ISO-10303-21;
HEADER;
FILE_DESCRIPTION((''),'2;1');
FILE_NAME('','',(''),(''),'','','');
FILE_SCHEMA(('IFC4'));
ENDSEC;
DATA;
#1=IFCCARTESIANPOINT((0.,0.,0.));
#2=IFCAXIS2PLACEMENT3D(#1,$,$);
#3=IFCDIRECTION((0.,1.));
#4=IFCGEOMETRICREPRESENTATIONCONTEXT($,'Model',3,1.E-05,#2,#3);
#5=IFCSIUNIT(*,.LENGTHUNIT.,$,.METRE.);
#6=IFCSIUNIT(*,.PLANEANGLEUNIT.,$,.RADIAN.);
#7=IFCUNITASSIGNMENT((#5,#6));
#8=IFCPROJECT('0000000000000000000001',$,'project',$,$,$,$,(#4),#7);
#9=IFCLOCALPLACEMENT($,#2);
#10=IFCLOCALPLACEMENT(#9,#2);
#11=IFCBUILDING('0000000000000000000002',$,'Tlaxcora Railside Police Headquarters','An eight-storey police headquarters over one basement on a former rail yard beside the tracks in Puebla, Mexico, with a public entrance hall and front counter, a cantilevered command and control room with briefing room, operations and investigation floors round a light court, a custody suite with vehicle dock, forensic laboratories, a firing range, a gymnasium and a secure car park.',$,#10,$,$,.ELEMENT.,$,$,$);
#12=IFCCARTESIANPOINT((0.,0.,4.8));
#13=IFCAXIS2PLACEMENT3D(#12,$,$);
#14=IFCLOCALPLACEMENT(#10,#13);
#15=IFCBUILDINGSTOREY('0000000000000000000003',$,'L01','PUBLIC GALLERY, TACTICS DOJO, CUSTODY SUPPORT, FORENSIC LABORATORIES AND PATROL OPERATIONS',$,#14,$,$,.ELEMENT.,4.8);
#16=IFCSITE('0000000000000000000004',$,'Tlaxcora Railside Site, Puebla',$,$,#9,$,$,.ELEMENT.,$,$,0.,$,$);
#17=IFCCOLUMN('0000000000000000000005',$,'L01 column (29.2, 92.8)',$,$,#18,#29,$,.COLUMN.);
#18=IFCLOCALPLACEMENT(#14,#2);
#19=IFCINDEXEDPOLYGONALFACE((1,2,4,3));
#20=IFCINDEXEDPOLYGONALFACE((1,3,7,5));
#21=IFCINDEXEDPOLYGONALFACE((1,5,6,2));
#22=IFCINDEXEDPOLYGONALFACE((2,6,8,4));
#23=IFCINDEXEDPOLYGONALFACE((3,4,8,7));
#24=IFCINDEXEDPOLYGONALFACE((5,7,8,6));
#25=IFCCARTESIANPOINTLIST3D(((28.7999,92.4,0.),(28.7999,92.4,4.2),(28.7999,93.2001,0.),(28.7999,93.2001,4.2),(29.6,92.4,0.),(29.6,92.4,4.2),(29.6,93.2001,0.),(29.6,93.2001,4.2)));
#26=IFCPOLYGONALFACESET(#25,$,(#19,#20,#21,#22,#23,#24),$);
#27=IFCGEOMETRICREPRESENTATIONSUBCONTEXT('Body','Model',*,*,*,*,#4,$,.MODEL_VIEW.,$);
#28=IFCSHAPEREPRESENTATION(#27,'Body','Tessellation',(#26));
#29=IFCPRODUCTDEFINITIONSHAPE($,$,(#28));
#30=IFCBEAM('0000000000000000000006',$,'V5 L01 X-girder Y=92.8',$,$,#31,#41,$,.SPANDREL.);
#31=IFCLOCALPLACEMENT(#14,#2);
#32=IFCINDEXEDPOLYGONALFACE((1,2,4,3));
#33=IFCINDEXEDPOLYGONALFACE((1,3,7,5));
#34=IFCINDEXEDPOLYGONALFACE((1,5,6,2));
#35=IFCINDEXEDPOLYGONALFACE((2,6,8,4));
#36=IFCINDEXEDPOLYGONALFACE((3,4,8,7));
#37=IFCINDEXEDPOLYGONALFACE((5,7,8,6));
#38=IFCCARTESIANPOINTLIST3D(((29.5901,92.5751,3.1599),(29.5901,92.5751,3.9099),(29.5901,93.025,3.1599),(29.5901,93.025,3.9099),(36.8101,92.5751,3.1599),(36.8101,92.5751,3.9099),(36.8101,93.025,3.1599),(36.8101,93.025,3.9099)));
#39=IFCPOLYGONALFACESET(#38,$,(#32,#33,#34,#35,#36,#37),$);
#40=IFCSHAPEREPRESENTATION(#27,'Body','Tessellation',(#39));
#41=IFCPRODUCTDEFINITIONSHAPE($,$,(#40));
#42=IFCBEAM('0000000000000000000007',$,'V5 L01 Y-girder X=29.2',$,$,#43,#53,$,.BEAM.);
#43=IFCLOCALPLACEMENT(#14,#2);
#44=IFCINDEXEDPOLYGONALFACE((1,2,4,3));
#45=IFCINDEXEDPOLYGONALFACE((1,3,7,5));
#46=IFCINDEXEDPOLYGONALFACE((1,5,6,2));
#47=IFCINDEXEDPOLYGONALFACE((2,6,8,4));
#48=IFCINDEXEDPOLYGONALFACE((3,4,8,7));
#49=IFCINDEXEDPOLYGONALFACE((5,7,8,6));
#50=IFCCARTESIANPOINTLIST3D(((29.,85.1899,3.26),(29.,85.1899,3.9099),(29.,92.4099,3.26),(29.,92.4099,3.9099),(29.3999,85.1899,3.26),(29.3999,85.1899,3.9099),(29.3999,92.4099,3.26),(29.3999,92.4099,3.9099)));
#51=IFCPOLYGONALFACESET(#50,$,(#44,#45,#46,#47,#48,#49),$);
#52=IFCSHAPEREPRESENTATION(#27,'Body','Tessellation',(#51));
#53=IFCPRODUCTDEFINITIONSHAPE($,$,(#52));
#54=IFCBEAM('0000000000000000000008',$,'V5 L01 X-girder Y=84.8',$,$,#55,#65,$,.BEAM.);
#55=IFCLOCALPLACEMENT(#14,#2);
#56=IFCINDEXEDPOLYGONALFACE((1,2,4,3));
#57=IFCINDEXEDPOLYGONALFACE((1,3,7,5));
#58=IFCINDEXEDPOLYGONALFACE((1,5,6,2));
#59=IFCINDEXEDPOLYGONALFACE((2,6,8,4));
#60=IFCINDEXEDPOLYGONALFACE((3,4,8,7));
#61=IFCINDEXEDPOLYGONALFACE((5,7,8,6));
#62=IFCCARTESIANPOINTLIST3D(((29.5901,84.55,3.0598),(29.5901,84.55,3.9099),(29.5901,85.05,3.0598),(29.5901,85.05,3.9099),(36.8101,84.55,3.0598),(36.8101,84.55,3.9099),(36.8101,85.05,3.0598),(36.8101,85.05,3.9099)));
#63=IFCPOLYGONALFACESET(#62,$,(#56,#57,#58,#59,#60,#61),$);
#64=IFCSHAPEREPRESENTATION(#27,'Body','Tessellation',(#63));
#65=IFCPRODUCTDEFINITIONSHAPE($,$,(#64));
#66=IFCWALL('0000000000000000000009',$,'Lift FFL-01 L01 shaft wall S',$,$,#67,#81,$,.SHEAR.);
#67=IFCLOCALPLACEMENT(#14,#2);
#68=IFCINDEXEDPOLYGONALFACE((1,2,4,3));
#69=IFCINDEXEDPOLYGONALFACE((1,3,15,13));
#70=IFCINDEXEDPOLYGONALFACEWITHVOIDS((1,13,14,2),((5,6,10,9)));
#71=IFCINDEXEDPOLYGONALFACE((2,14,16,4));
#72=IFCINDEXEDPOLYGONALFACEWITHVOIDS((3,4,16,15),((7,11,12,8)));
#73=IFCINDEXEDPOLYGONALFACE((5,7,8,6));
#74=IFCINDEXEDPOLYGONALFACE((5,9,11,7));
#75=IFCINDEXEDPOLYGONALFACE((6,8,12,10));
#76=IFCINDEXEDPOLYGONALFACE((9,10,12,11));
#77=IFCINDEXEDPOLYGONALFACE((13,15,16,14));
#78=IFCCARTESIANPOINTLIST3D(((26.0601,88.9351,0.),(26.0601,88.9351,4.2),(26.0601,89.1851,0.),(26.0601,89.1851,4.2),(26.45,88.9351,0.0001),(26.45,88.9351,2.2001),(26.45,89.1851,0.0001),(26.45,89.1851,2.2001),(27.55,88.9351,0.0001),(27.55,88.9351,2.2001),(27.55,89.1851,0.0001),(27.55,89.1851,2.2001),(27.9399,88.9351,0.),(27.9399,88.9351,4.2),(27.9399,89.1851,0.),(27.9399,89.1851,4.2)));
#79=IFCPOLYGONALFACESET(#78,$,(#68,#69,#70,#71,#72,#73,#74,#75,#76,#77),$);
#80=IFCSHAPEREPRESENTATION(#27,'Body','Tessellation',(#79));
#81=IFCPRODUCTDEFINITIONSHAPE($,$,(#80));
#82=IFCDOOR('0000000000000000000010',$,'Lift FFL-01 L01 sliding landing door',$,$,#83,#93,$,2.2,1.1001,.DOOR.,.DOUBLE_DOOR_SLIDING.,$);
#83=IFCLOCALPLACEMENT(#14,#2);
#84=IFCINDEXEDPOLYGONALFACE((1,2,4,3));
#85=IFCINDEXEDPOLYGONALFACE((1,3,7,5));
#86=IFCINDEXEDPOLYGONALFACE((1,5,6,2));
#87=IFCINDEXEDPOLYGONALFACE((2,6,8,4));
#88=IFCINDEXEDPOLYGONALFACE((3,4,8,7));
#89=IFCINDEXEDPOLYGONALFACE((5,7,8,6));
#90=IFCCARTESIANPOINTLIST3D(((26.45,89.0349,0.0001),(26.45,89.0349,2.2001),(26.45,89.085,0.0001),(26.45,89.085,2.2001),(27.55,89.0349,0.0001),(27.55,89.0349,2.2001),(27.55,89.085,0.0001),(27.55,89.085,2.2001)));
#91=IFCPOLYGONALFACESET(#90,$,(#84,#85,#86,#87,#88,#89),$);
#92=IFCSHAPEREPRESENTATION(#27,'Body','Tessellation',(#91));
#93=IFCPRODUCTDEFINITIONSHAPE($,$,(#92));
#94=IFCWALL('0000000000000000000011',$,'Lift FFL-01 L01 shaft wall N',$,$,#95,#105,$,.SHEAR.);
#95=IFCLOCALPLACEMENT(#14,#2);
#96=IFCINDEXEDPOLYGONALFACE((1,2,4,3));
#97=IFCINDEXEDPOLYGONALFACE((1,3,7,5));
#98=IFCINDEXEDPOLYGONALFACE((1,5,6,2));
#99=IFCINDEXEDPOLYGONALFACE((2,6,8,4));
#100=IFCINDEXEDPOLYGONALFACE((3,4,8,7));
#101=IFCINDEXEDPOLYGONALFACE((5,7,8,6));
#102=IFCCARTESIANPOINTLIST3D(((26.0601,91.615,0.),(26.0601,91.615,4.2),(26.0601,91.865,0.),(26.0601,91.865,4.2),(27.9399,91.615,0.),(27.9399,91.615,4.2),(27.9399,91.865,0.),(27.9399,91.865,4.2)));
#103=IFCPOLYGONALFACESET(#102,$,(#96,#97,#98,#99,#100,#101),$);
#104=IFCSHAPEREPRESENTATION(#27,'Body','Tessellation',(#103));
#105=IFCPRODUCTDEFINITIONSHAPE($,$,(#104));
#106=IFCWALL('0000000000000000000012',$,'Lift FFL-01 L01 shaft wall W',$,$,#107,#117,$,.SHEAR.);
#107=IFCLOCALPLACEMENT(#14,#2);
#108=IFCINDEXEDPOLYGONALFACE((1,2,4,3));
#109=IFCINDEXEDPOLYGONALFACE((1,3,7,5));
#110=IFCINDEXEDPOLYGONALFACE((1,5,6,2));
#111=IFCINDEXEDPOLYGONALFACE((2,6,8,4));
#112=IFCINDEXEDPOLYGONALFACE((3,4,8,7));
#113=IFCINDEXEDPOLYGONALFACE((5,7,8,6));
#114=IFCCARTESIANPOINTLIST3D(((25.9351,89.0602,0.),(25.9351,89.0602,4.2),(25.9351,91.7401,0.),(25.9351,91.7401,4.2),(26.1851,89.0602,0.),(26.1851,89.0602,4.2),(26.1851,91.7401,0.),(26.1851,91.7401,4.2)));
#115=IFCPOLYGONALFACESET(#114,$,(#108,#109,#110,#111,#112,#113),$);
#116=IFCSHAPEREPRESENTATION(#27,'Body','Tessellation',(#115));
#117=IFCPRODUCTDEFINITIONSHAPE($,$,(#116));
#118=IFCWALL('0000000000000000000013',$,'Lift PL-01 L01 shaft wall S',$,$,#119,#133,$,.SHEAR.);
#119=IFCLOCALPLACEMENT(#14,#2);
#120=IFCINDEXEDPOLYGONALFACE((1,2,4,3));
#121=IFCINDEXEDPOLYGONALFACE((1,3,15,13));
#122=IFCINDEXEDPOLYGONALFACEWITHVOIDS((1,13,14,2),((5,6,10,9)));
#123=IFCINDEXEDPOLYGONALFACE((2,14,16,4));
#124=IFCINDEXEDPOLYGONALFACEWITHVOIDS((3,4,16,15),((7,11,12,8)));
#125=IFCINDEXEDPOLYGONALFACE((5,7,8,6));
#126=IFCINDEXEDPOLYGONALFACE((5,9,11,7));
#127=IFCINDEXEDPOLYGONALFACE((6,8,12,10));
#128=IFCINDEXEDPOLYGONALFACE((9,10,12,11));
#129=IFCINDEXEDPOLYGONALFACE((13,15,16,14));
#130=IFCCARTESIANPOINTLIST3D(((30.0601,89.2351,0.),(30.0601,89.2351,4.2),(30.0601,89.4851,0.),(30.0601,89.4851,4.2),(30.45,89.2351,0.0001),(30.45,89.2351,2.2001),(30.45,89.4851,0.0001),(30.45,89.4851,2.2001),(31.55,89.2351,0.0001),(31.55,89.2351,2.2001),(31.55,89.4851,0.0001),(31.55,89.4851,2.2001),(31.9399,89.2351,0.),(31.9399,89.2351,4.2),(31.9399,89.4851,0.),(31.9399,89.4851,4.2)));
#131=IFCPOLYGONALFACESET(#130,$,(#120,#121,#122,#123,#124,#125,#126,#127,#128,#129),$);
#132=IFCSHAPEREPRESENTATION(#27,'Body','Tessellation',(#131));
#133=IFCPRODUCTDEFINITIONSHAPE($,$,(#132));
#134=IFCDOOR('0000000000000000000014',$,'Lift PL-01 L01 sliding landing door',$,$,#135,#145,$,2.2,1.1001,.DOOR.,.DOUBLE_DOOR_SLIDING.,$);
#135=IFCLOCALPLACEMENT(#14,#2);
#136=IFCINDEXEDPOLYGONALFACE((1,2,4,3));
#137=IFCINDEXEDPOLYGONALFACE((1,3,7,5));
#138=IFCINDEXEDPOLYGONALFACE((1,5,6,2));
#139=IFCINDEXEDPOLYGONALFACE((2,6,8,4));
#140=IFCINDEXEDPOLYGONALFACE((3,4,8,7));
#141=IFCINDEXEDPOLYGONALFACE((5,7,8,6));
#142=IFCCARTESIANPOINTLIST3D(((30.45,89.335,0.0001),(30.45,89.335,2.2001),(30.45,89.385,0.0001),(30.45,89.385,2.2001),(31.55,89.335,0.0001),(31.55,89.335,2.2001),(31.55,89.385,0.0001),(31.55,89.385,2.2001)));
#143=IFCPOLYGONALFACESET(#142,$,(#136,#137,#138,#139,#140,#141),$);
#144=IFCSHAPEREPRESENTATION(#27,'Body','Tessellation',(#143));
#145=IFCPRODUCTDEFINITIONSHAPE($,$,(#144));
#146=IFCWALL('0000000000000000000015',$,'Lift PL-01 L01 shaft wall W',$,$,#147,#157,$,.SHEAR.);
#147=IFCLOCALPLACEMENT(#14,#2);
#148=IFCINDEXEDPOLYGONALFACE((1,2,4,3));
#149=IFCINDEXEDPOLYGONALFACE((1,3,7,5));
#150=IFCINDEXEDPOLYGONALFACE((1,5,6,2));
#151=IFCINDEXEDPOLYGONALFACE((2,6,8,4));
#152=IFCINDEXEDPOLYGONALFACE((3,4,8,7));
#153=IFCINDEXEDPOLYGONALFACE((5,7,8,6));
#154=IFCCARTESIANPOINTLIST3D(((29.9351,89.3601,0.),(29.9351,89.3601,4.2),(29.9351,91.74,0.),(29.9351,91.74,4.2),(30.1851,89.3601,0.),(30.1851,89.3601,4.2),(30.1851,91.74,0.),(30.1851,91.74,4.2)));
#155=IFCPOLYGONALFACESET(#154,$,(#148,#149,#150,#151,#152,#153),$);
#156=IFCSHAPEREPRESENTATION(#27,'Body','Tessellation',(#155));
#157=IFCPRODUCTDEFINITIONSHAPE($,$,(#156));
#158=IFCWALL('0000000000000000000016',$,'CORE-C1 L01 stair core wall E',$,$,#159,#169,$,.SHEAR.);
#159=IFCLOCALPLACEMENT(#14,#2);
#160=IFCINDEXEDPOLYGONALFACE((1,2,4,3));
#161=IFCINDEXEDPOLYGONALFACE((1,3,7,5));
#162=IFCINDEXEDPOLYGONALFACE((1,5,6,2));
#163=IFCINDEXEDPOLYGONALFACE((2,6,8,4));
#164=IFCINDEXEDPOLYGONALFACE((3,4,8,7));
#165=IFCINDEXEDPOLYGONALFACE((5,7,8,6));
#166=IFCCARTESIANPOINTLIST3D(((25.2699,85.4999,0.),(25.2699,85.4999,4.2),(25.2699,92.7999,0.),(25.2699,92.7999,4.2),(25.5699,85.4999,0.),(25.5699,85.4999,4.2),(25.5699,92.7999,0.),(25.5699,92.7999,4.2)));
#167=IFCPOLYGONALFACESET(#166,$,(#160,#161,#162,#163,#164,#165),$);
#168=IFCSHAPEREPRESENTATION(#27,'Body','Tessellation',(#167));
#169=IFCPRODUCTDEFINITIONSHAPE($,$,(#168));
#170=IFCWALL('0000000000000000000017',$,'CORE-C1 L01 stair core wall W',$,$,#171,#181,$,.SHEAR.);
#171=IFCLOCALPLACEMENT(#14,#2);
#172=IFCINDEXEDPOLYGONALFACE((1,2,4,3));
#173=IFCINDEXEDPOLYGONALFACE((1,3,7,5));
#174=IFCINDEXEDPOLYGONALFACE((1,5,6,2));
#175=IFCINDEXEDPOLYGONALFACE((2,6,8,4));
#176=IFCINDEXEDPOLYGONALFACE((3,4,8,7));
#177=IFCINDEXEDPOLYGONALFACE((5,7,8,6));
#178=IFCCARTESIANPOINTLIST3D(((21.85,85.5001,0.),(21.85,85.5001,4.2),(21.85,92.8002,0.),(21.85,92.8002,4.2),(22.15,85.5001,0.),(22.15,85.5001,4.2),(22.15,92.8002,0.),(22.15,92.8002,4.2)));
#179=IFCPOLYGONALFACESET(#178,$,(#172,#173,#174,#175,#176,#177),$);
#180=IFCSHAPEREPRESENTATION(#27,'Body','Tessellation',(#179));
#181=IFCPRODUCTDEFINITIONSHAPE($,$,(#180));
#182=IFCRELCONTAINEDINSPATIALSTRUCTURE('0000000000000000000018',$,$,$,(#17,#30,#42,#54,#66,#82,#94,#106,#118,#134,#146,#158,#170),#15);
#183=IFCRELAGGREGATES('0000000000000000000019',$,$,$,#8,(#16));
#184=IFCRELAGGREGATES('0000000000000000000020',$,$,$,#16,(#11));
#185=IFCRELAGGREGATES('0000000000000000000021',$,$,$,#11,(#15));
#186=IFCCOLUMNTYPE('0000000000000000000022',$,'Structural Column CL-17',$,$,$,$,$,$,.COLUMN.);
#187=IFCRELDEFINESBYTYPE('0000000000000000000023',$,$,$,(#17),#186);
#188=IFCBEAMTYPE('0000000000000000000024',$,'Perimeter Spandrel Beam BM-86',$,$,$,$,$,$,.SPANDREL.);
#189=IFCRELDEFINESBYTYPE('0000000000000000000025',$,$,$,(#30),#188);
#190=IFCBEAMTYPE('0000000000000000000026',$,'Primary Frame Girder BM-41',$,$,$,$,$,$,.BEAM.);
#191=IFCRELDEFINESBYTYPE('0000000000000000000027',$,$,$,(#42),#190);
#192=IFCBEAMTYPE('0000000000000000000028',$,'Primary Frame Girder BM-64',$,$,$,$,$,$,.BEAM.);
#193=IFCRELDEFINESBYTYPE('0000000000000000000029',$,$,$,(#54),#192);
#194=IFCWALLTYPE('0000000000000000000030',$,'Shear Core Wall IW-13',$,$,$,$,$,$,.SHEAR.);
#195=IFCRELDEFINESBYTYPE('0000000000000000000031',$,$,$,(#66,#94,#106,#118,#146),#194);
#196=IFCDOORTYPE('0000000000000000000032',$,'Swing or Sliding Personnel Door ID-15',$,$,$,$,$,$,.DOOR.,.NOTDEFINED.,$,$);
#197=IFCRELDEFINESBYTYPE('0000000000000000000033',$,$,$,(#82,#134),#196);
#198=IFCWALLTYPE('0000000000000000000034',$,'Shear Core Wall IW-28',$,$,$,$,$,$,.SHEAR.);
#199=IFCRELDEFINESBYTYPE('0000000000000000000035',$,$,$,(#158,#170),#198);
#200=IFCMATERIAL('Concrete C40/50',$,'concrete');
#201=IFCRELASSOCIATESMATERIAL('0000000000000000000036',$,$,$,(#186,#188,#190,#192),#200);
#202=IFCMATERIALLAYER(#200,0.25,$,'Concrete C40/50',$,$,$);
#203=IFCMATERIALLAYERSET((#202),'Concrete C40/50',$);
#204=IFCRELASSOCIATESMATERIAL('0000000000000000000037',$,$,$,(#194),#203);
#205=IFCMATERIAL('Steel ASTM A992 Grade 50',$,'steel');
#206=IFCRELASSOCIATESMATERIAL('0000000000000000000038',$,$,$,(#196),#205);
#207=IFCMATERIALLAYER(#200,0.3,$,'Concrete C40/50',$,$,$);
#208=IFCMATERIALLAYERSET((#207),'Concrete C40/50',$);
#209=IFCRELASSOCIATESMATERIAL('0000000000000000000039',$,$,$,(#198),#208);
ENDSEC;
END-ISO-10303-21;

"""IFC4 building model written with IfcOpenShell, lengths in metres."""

from ifc_helpers import new_model, si_unit, direction, frame, frame_2d, origin, origin_2d, place, context, subcontext, project, spatial, rectangle, extrude, material, layer, layer_set, material_profile, profile_set, type_object, element, fill, save


model = new_model("IFC4")

# Units and contexts
model_context = context("Model", 3, precision=1e-05, world=origin(), true_north=direction((0.0, 1.0)))
body_context = subcontext(model_context, "Body", "Model", "MODEL_VIEW")
ifc_project = project(units=[si_unit("LENGTHUNIT", "METRE"), si_unit("PLANEANGLEUNIT", "RADIAN")], contexts=[model_context])

# Site, building, storey
site_placement = place(None, origin())
site = spatial("IfcSite", under=ifc_project, at=site_placement, Name="Tlaxcora Railside Site, Puebla", CompositionType="ELEMENT", RefElevation=0.0)
building_placement = place(site_placement, origin())
building = spatial("IfcBuilding", under=site, at=building_placement, Name="Tlaxcora Railside Police Headquarters", Description="An eight-storey police headquarters over one basement on a former rail yard beside the tracks in Puebla, Mexico, with a public entrance hall and front counter, a cantilevered command and control room with briefing room, operations and investigation floors round a light court, a custody suite with vehicle dock, forensic laboratories, a firing range, a gymnasium and a secure car park.", CompositionType="ELEMENT")
storey_placement = place(building_placement, frame((0.0, 0.0, 4.8)))
storey = spatial("IfcBuildingStorey", under=building, at=storey_placement, Name="L01", Description="PUBLIC GALLERY, TACTICS DOJO, CUSTODY SUPPORT, FORENSIC LABORATORIES AND PATROL OPERATIONS", CompositionType="ELEMENT", Elevation=4.8)

# Column
ifc_material_1 = material(Name="Concrete C40/50", Category="concrete")
ifc_material_profile_1 = material_profile(ifc_material_1, rectangle(XDim=0.8, YDim=0.8, at=origin_2d()), Name="RC800X800")
ifc_profile_set_1 = profile_set([ifc_material_profile_1], Name="Concrete C40/50")
column_type = type_object("IfcColumnType", Name="Structural Column CL-17", PredefinedType="COLUMN", material=ifc_profile_set_1)
column_placement = place(storey_placement, frame((29.2, 92.8, 0.0), z_axis=(0.0, 0.0, 1.0), x_axis=(1.0, 0.0, 0.0)))
element("IfcColumn", 1, at=column_placement, inside=storey, type_object=column_type, Name="L01 column (29.2, 92.8)", PredefinedType="COLUMN", context=body_context, shape_type="SweptSolid", body=[
    extrude(rectangle(XDim=0.8, YDim=0.8, at=origin_2d()), origin(), (0.0, 0.0, 1.0), 4.2),
])

# Beams
ifc_material_profile_2 = material_profile(ifc_material_1, rectangle(XDim=0.45, YDim=0.75, at=origin_2d()), Name="RC450X750")
ifc_profile_set_2 = profile_set([ifc_material_profile_2], Name="Concrete C40/50")
beam_type_1 = type_object("IfcBeamType", Name="Perimeter Spandrel Beam BM-86", PredefinedType="SPANDREL", material=ifc_profile_set_2)
beam_1_placement = place(storey_placement, frame((29.5901, 92.8, 3.5349), z_axis=(1.0, 0.0, 0.0), x_axis=(0.0, 1.0, 0.0)))
element("IfcBeam", 2, at=beam_1_placement, inside=storey, type_object=beam_type_1, Name="V5 L01 X-girder Y=92.8", PredefinedType="SPANDREL", context=body_context, shape_type="SweptSolid", body=[
    extrude(rectangle(XDim=0.45, YDim=0.75, at=origin_2d()), origin(), (0.0, 0.0, 1.0), 7.22),
])
ifc_material_profile_3 = material_profile(ifc_material_1, rectangle(XDim=0.3999, YDim=0.6499, at=origin_2d()), Name="RC400X650")
ifc_profile_set_3 = profile_set([ifc_material_profile_3], Name="Concrete C40/50")
beam_type_2 = type_object("IfcBeamType", Name="Primary Frame Girder BM-41", PredefinedType="BEAM", material=ifc_profile_set_3)
beam_2_placement = place(storey_placement, frame((29.2, 85.1899, 3.585), z_axis=(0.0, 1.0, 0.0), x_axis=(-1.0, 0.0, 0.0)))
element("IfcBeam", 3, at=beam_2_placement, inside=storey, type_object=beam_type_2, Name="V5 L01 Y-girder X=29.2", PredefinedType="BEAM", context=body_context, shape_type="SweptSolid", body=[
    extrude(rectangle(XDim=0.3999, YDim=0.6499, at=origin_2d()), origin(), (0.0, 0.0, 1.0), 7.22),
])
ifc_material_profile_4 = material_profile(ifc_material_1, rectangle(XDim=0.5, YDim=0.8501, at=origin_2d()), Name="RC500X850")
ifc_profile_set_4 = profile_set([ifc_material_profile_4], Name="Concrete C40/50")
beam_type_3 = type_object("IfcBeamType", Name="Primary Frame Girder BM-64", PredefinedType="BEAM", material=ifc_profile_set_4)
beam_3_placement = place(storey_placement, frame((29.5901, 84.8, 3.4849), z_axis=(1.0, 0.0, 0.0), x_axis=(0.0, 1.0, 0.0)))
element("IfcBeam", 4, at=beam_3_placement, inside=storey, type_object=beam_type_3, Name="V5 L01 X-girder Y=84.8", PredefinedType="BEAM", context=body_context, shape_type="SweptSolid", body=[
    extrude(rectangle(XDim=0.5, YDim=0.8501, at=origin_2d()), origin(), (0.0, 0.0, 1.0), 7.22),
])

# Wall, opening, door
ifc_layer_1 = layer(ifc_material_1, 0.25, Name="Concrete C40/50")
ifc_layer_set_1 = layer_set([ifc_layer_1], Name="Concrete C40/50")
wall_type_1 = type_object("IfcWallType", Name="Shear Core Wall IW-13", PredefinedType="SHEAR", material=ifc_layer_set_1)
wall_1_placement = place(storey_placement, frame((26.0601, 89.0601, 0.0), z_axis=(0.0, 0.0, 1.0), x_axis=(1.0, 0.0, 0.0)))
wall_1 = element("IfcWall", 5, at=wall_1_placement, inside=storey, type_object=wall_type_1, Name="Lift FFL-01 L01 shaft wall S", PredefinedType="SHEAR", context=body_context, shape_type="SweptSolid", body=[
    extrude(rectangle(XDim=1.8799, YDim=0.25, at=frame_2d((0.9399, 0.0))), origin(), (0.0, 0.0, 1.0), 4.2),
])
opening_1_placement = place(wall_1_placement, frame((0.3899, 0.0, 0.0)))
opening_1 = element("IfcOpeningElement", 6, at=opening_1_placement, cuts=wall_1, PredefinedType="OPENING", context=body_context, shape_type="SweptSolid", body=[
    extrude(rectangle(XDim=1.1001, YDim=2.2, at=frame_2d((0.55, 1.1001))), frame((0.0, 0.135, 0.0), z_axis=(0.0, -1.0, 0.0), x_axis=(1.0, 0.0, 0.0)), (0.0, 0.0, 1.0), 0.27),
])
ifc_material_2 = material(Name="Steel ASTM A992 Grade 50", Category="steel")
door_type_1 = type_object("IfcDoorType", Name="Swing or Sliding Personnel Door ID-15", OperationType="NOTDEFINED", PredefinedType="DOOR", material=ifc_material_2)
door_1_placement = place(opening_1_placement, origin())
door_1 = element("IfcDoor", 7, at=door_1_placement, inside=storey, type_object=door_type_1, Name="Lift FFL-01 L01 sliding landing door", OperationType="DOUBLE_DOOR_SLIDING", OverallHeight=2.2, OverallWidth=1.1001, PredefinedType="DOOR", context=body_context, shape_type="SweptSolid", body=[
    extrude(rectangle(XDim=1.1001, YDim=2.2, at=frame_2d((0.55, 1.1001))), frame((0.0, 0.0249, 0.0), z_axis=(0.0, -1.0, 0.0), x_axis=(1.0, 0.0, 0.0)), (0.0, 0.0, 1.0), 0.05),
])
fill(opening_1, door_1)

# Walls
wall_2_placement = place(storey_placement, frame((27.9399, 91.74, 0.0), z_axis=(0.0, 0.0, 1.0), x_axis=(-1.0, 0.0, 0.0)))
element("IfcWall", 8, at=wall_2_placement, inside=storey, type_object=wall_type_1, Name="Lift FFL-01 L01 shaft wall N", PredefinedType="SHEAR", context=body_context, shape_type="SweptSolid", body=[
    extrude(rectangle(XDim=1.8799, YDim=0.25, at=frame_2d((0.9399, 0.0))), origin(), (0.0, 0.0, 1.0), 4.2),
])
wall_3_placement = place(storey_placement, frame((26.0601, 91.74, 0.0), z_axis=(0.0, 0.0, 1.0), x_axis=(0.0, -1.0, 0.0)))
element("IfcWall", 9, at=wall_3_placement, inside=storey, type_object=wall_type_1, Name="Lift FFL-01 L01 shaft wall W", PredefinedType="SHEAR", context=body_context, shape_type="SweptSolid", body=[
    extrude(rectangle(XDim=2.6799, YDim=0.25, at=frame_2d((1.3398, 0.0))), origin(), (0.0, 0.0, 1.0), 4.2),
])

# Wall, opening, door
wall_4_placement = place(storey_placement, frame((30.0601, 89.3601, 0.0), z_axis=(0.0, 0.0, 1.0), x_axis=(1.0, 0.0, 0.0)))
wall_4 = element("IfcWall", 10, at=wall_4_placement, inside=storey, type_object=wall_type_1, Name="Lift PL-01 L01 shaft wall S", PredefinedType="SHEAR", context=body_context, shape_type="SweptSolid", body=[
    extrude(rectangle(XDim=1.8799, YDim=0.25, at=frame_2d((0.9399, 0.0))), origin(), (0.0, 0.0, 1.0), 4.2),
])
opening_2_placement = place(wall_4_placement, frame((0.3899, 0.0, 0.0)))
opening_2 = element("IfcOpeningElement", 11, at=opening_2_placement, cuts=wall_4, PredefinedType="OPENING", context=body_context, shape_type="SweptSolid", body=[
    extrude(rectangle(XDim=1.1001, YDim=2.2, at=frame_2d((0.55, 1.1001))), frame((0.0, 0.135, 0.0), z_axis=(0.0, -1.0, 0.0), x_axis=(1.0, 0.0, 0.0)), (0.0, 0.0, 1.0), 0.27),
])
door_2_placement = place(opening_2_placement, origin())
door_2 = element("IfcDoor", 12, at=door_2_placement, inside=storey, type_object=door_type_1, Name="Lift PL-01 L01 sliding landing door", OperationType="DOUBLE_DOOR_SLIDING", OverallHeight=2.2, OverallWidth=1.1001, PredefinedType="DOOR", context=body_context, shape_type="SweptSolid", body=[
    extrude(rectangle(XDim=1.1001, YDim=2.2, at=frame_2d((0.55, 1.1001))), frame((0.0, 0.0249, 0.0), z_axis=(0.0, -1.0, 0.0), x_axis=(1.0, 0.0, 0.0)), (0.0, 0.0, 1.0), 0.05),
])
fill(opening_2, door_2)

# Wall
wall_5_placement = place(storey_placement, frame((30.0601, 91.74, 0.0), z_axis=(0.0, 0.0, 1.0), x_axis=(0.0, -1.0, 0.0)))
element("IfcWall", 13, at=wall_5_placement, inside=storey, type_object=wall_type_1, Name="Lift PL-01 L01 shaft wall W", PredefinedType="SHEAR", context=body_context, shape_type="SweptSolid", body=[
    extrude(rectangle(XDim=2.3799, YDim=0.25, at=frame_2d((1.1899, 0.0))), origin(), (0.0, 0.0, 1.0), 4.2),
])

# Shared definitions
ifc_layer_2 = layer(ifc_material_1, 0.3, Name="Concrete C40/50")
ifc_layer_set_2 = layer_set([ifc_layer_2], Name="Concrete C40/50")
wall_type_2 = type_object("IfcWallType", Name="Shear Core Wall IW-28", PredefinedType="SHEAR", material=ifc_layer_set_2)

# Walls
for number, where, z_axis, x_axis, name in (
    (14, (25.4199, 85.5, 0.0), (0.0, 0.0, 1.0), (0.0, 1.0, 0.0), "CORE-C1 L01 stair core wall E"),
    (15, (22.0, 92.8, 0.0), (0.0, 0.0, 1.0), (0.0, -1.0, 0.0), "CORE-C1 L01 stair core wall W"),
):
    element("IfcWall", number, at=place(storey_placement, frame(where, z_axis=z_axis, x_axis=x_axis)), inside=storey, type_object=wall_type_2, Name=name, PredefinedType="SHEAR", context=body_context, shape_type="SweptSolid", body=[
        extrude(rectangle(XDim=7.3, YDim=0.3, at=frame_2d((3.6499, 0.0))), origin(), (0.0, 0.0, 1.0), 4.2),
    ])

save(model, "model.ifc")
